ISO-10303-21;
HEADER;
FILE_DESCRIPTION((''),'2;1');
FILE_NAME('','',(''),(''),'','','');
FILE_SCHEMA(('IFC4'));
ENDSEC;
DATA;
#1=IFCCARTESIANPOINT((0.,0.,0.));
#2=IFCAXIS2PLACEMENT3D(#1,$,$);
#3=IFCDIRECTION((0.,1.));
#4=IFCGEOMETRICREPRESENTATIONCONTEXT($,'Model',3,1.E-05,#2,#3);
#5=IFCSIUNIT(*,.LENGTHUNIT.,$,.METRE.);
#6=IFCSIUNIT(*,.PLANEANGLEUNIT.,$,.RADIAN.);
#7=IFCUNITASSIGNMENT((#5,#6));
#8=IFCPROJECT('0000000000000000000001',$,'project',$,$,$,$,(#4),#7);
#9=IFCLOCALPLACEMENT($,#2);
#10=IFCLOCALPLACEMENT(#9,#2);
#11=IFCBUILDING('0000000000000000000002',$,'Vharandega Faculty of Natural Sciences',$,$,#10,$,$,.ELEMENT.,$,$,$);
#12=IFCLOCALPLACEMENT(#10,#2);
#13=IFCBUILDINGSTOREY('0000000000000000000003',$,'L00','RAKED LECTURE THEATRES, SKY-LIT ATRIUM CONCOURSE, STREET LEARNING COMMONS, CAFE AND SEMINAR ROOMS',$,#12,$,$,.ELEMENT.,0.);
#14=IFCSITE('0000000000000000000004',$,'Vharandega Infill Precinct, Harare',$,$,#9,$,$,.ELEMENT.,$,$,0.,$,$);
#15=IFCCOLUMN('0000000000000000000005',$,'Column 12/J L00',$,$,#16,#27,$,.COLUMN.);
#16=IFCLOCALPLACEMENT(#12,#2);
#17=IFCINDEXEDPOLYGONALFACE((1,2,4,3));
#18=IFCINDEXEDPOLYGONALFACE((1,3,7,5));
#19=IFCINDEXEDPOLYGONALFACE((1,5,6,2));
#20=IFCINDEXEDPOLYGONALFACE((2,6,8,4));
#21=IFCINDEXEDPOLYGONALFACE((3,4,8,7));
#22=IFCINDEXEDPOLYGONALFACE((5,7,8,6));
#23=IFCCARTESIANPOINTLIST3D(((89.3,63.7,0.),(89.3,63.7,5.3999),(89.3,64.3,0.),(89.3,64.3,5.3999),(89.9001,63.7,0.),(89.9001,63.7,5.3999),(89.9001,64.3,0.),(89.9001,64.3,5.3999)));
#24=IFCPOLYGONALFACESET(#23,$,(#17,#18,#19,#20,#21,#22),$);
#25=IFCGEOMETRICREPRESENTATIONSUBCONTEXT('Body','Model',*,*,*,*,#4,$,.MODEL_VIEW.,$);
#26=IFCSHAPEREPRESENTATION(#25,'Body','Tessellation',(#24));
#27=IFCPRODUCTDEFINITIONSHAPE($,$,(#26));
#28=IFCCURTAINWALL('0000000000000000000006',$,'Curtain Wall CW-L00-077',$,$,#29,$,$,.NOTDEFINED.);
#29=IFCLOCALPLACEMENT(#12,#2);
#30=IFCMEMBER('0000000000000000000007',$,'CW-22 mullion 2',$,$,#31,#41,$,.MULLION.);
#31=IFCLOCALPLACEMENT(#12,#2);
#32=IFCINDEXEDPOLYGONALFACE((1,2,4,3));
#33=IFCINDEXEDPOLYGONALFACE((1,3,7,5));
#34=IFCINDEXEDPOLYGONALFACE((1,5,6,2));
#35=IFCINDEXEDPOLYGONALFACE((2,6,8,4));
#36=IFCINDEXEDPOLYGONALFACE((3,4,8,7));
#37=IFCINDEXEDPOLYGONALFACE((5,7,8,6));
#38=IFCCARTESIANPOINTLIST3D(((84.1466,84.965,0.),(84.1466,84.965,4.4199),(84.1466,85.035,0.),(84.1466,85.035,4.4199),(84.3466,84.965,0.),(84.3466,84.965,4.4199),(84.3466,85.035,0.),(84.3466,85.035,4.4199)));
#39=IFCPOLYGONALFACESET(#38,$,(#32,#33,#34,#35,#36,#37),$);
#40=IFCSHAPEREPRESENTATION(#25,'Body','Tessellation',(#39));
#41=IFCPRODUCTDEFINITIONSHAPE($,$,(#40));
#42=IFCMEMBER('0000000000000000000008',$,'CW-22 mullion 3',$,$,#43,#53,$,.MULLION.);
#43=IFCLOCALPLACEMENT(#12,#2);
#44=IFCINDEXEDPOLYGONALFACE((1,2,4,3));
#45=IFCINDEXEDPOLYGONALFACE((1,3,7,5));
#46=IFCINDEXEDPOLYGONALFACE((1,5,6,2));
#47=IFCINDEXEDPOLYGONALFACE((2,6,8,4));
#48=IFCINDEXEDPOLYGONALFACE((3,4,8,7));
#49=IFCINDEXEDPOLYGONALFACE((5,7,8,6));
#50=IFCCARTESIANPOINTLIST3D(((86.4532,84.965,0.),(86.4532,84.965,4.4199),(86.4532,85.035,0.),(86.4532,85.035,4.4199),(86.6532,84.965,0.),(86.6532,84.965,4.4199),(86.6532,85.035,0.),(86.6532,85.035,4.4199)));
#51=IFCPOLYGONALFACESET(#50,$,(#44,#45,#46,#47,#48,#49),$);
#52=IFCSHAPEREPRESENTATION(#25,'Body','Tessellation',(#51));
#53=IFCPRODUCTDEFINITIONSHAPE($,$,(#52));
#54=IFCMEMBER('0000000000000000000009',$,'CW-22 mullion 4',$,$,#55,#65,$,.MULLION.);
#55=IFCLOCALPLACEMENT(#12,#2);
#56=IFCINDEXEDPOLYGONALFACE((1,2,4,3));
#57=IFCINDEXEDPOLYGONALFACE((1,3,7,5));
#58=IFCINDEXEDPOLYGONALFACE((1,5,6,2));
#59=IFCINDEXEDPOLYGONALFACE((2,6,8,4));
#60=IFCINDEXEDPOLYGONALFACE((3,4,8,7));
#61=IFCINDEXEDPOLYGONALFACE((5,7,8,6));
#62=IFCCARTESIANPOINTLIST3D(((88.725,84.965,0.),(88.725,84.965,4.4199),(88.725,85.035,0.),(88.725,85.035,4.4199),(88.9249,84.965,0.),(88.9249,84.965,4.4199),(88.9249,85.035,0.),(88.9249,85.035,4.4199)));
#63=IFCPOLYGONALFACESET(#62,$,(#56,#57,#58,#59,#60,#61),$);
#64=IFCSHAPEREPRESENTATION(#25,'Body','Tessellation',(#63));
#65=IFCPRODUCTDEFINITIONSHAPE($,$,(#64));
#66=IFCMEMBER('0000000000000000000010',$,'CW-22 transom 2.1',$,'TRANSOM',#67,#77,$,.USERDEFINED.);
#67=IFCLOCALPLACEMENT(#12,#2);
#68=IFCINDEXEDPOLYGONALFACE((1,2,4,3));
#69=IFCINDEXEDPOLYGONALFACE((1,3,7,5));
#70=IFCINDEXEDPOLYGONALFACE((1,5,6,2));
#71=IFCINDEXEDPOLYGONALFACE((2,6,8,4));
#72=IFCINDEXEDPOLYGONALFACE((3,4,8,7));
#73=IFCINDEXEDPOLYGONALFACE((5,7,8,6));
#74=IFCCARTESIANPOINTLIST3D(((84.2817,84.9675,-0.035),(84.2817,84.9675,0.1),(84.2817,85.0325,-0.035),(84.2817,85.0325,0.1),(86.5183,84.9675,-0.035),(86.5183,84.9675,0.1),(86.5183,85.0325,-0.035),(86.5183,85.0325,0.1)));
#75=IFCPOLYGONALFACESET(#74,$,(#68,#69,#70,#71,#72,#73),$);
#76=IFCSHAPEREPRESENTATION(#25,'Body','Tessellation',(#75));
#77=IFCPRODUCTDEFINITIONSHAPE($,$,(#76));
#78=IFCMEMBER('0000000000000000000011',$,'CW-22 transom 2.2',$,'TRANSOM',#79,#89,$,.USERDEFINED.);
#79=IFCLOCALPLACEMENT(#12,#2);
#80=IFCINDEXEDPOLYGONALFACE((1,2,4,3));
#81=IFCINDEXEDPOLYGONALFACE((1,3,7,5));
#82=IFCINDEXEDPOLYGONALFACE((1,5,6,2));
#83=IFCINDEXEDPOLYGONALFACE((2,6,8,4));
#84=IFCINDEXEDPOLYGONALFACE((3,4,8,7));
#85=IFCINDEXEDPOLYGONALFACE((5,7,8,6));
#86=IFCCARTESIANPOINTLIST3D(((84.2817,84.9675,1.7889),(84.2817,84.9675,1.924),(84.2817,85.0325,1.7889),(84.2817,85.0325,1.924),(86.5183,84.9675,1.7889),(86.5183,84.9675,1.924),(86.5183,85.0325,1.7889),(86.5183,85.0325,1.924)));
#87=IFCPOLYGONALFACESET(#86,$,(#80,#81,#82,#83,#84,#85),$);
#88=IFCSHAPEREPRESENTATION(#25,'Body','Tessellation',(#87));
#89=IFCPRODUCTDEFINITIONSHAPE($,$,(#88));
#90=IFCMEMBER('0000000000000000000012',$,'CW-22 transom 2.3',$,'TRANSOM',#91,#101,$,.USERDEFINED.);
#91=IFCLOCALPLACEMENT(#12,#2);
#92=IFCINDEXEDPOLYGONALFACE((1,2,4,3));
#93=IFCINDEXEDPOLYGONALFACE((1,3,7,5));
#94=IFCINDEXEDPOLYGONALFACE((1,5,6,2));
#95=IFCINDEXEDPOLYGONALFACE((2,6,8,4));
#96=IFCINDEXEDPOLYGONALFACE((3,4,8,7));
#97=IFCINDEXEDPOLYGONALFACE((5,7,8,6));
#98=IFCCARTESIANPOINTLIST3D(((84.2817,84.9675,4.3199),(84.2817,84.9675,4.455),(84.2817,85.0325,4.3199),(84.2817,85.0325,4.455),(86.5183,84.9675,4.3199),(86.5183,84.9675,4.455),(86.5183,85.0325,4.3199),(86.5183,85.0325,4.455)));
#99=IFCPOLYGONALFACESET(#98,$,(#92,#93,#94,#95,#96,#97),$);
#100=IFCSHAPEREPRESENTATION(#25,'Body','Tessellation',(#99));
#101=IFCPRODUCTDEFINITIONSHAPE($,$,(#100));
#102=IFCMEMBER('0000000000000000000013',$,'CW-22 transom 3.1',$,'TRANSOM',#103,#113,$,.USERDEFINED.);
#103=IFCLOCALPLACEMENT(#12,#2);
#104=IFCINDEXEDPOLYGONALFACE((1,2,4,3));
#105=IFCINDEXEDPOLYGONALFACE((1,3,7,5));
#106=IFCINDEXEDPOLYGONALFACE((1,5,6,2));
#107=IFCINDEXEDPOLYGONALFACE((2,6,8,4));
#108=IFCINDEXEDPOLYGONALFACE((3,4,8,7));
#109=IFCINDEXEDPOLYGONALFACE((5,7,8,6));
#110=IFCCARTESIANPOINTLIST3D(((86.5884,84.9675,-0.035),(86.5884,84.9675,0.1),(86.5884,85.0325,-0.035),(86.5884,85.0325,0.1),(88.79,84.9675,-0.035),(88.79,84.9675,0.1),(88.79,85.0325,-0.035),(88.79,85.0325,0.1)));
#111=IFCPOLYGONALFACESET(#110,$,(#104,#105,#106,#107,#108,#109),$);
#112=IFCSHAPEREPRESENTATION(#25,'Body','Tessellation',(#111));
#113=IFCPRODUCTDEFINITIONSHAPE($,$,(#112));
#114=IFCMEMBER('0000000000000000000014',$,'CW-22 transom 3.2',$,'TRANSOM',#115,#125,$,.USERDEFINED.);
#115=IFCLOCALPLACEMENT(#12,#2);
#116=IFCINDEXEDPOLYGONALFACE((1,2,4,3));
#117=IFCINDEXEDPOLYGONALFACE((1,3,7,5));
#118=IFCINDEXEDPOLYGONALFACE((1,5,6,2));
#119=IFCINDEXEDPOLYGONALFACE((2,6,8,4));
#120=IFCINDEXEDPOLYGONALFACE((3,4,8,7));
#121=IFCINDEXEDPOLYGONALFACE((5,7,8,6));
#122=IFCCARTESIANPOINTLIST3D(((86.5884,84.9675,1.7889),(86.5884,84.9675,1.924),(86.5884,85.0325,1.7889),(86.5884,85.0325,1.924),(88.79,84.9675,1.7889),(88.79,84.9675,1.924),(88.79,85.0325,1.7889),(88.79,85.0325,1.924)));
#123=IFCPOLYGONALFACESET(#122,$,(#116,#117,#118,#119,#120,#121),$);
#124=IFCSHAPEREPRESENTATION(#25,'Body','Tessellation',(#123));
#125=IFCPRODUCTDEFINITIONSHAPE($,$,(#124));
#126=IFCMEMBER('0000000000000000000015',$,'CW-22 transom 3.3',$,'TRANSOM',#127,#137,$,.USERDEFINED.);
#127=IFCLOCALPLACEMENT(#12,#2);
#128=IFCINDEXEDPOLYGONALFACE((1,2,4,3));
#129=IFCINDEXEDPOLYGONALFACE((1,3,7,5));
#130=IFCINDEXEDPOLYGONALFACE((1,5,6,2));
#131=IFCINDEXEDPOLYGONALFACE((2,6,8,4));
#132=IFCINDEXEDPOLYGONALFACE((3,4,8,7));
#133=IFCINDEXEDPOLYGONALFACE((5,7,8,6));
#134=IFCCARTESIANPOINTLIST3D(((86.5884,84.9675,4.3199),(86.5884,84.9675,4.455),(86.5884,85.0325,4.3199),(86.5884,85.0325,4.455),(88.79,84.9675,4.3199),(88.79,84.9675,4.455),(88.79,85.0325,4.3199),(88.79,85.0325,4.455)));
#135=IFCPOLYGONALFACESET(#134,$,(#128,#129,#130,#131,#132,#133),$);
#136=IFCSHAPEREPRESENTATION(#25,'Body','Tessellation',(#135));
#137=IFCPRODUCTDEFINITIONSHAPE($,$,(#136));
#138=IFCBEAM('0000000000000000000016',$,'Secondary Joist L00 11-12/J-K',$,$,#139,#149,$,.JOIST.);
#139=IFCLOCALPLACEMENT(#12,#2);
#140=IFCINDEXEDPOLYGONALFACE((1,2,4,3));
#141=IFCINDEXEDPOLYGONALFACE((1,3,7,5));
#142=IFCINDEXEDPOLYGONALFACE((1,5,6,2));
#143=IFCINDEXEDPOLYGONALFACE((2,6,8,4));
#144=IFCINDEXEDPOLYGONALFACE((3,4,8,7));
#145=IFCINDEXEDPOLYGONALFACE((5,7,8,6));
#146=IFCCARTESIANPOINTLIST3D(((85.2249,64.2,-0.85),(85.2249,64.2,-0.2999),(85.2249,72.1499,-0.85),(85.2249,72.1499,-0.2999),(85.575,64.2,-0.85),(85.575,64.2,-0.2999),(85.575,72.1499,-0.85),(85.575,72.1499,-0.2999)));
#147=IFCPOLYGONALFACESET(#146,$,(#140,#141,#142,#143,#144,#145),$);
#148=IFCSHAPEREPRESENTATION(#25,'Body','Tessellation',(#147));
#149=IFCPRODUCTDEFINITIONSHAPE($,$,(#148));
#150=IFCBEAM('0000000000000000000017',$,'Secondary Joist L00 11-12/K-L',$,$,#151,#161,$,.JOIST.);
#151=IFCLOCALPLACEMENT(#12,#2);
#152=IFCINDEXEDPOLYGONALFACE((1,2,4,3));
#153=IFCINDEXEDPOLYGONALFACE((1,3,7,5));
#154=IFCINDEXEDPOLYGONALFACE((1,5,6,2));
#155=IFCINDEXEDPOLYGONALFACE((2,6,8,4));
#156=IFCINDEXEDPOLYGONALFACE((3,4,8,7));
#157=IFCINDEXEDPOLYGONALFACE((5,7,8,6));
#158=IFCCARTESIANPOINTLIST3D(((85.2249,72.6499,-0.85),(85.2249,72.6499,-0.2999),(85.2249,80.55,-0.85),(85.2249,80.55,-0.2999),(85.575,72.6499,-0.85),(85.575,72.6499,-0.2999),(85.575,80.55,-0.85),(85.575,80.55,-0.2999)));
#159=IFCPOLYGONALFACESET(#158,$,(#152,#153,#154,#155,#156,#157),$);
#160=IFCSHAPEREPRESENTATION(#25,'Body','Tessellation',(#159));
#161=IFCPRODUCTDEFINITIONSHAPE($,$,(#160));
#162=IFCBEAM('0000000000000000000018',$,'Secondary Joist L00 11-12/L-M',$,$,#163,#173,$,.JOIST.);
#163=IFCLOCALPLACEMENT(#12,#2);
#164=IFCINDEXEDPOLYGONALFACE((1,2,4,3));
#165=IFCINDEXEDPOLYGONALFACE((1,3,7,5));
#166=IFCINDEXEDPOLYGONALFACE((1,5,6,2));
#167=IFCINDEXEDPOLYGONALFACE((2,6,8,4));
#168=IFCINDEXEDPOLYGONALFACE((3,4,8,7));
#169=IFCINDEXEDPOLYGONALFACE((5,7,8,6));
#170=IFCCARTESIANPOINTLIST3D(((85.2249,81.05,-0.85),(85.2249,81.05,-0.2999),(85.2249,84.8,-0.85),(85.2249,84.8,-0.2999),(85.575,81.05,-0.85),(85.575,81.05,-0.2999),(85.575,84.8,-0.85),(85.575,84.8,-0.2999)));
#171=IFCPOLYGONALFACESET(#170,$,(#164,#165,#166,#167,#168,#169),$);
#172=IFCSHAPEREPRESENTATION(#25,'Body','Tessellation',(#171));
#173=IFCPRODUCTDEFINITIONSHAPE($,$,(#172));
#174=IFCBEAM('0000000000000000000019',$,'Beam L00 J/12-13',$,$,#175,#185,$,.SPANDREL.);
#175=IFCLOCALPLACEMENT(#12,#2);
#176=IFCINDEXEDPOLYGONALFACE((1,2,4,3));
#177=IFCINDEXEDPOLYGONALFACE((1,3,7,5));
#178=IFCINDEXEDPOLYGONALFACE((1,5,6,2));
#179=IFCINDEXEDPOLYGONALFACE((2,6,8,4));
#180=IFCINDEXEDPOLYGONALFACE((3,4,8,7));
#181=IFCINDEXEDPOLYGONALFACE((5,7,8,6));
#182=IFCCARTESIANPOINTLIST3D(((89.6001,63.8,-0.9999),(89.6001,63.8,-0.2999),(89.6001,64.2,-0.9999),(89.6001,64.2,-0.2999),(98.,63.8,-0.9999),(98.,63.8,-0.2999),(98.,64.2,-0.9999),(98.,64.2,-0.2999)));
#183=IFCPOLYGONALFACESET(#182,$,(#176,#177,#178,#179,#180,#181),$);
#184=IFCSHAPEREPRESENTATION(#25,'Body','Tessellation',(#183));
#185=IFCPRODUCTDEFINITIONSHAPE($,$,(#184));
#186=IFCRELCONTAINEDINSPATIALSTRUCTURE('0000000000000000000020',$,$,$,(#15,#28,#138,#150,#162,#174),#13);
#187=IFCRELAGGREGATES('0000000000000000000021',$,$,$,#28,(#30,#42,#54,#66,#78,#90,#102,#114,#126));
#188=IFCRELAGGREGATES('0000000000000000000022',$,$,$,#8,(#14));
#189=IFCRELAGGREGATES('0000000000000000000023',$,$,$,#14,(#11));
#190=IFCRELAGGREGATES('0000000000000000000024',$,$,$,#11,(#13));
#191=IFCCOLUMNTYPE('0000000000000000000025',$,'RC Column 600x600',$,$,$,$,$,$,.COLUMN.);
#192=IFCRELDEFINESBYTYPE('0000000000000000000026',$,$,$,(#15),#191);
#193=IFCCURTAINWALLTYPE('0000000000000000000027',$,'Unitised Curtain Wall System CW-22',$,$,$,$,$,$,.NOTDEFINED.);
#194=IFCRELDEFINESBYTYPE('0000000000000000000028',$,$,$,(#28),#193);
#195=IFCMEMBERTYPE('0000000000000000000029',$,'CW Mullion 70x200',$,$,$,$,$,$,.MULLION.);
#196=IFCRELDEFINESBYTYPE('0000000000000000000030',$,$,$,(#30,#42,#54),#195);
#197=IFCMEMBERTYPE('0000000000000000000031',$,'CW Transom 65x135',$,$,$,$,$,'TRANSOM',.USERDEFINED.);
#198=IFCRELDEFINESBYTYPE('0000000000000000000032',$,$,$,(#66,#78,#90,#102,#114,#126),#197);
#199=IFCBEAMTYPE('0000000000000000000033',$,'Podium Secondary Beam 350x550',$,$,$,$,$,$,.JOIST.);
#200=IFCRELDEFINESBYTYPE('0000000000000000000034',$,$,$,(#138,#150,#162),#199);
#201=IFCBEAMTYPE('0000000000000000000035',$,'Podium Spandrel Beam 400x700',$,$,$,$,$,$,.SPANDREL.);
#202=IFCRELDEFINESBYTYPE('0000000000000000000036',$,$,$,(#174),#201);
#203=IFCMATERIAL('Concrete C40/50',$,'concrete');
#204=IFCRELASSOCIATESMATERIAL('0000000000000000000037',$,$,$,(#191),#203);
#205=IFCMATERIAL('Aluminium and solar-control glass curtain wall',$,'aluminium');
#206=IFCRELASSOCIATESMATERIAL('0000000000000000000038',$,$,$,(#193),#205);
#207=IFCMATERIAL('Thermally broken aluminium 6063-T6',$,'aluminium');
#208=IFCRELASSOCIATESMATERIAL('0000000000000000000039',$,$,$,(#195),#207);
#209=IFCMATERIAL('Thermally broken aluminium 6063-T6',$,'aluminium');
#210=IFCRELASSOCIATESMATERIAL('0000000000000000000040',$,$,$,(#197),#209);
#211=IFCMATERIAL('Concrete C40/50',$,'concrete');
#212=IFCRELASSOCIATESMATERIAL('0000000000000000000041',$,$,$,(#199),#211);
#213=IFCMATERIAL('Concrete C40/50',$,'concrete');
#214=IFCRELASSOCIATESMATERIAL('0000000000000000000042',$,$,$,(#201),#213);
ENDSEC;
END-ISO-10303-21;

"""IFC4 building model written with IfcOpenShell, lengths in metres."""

from ifc_helpers import new_model, si_unit, direction, frame, origin, origin_2d, place, context, subcontext, project, spatial, rectangle, extrude, material, material_profile, profile_set, type_object, element, aggregate, save


model = new_model("IFC4")

# Units and contexts
model_context = context("Model", 3, precision=1e-05, world=origin(), true_north=direction((0.0, 1.0)))
body_context = subcontext(model_context, "Body", "Model", "MODEL_VIEW")
ifc_project = project(units=[si_unit("LENGTHUNIT", "METRE"), si_unit("PLANEANGLEUNIT", "RADIAN")], contexts=[model_context])

# Site, building, storey
site_placement = place(None, origin())
site = spatial("IfcSite", under=ifc_project, at=site_placement, Name="Vharandega Infill Precinct, Harare", CompositionType="ELEMENT", RefElevation=0.0)
building_placement = place(site_placement, origin())
building = spatial("IfcBuilding", under=site, at=building_placement, Name="Vharandega Faculty of Natural Sciences", CompositionType="ELEMENT")
storey_placement = place(building_placement, origin())
storey = spatial("IfcBuildingStorey", under=building, at=storey_placement, Name="L00", Description="RAKED LECTURE THEATRES, SKY-LIT ATRIUM CONCOURSE, STREET LEARNING COMMONS, CAFE AND SEMINAR ROOMS", CompositionType="ELEMENT", Elevation=0.0)

# Column
ifc_material_1 = material(Name="Concrete C40/50", Category="concrete")
ifc_material_profile_1 = material_profile(ifc_material_1, rectangle(XDim=0.6001, YDim=0.6001, at=origin_2d()), Name="RC 600x600")
ifc_profile_set_1 = profile_set([ifc_material_profile_1], Name="Concrete C40/50")
column_type = type_object("IfcColumnType", Name="RC Column 600x600", PredefinedType="COLUMN", material=ifc_profile_set_1)
column_placement = place(storey_placement, frame((89.6001, 64.0, 0.0), z_axis=(0.0, 0.0, 1.0), x_axis=(1.0, 0.0, 0.0)))
element("IfcColumn", 1, at=column_placement, inside=storey, type_object=column_type, Name="Column 12/J L00", PredefinedType="COLUMN", context=body_context, shape_type="SweptSolid", body=[
    extrude(rectangle(XDim=0.6001, YDim=0.6001, at=origin_2d()), origin(), (0.0, 0.0, 1.0), 5.3999),
])

# Curtain wall, members
ifc_material_2 = material(Name="Aluminium and solar-control glass curtain wall", Category="aluminium")
curtain_wall_type = type_object("IfcCurtainWallType", Name="Unitised Curtain Wall System CW-22", PredefinedType="NOTDEFINED", material=ifc_material_2)
curtain_wall_placement = place(storey_placement, origin())
curtain_wall = element("IfcCurtainWall", 2, at=curtain_wall_placement, inside=storey, type_object=curtain_wall_type, Name="Curtain Wall CW-L00-077", PredefinedType="NOTDEFINED")
ifc_material_3 = material(Name="Thermally broken aluminium 6063-T6", Category="aluminium")
ifc_material_profile_2 = material_profile(ifc_material_3, rectangle(XDim=0.0701, YDim=0.2, at=origin_2d()), Name="ALU 70x200")
ifc_profile_set_2 = profile_set([ifc_material_profile_2], Name="Thermally broken aluminium 6063-T6")
member_type_1 = type_object("IfcMemberType", Name="CW Mullion 70x200", PredefinedType="MULLION", material=ifc_profile_set_2)
member_1_placement = place(storey_placement, frame((84.2466, 85.0, 0.0), z_axis=(0.0, 0.0, 1.0), x_axis=(0.0, 1.0, 0.0)))
member_1 = element("IfcMember", 3, at=member_1_placement, type_object=member_type_1, Name="CW-22 mullion 2", PredefinedType="MULLION", context=body_context, shape_type="SweptSolid", body=[
    extrude(rectangle(XDim=0.0701, YDim=0.2, at=origin_2d()), origin(), (0.0, 0.0, 1.0), 4.4199),
])
member_2_placement = place(storey_placement, frame((86.5532, 85.0, 0.0), z_axis=(0.0, 0.0, 1.0), x_axis=(0.0, 1.0, 0.0)))
member_2 = element("IfcMember", 4, at=member_2_placement, type_object=member_type_1, Name="CW-22 mullion 3", PredefinedType="MULLION", context=body_context, shape_type="SweptSolid", body=[
    extrude(rectangle(XDim=0.0701, YDim=0.2, at=origin_2d()), origin(), (0.0, 0.0, 1.0), 4.4199),
])
member_3_placement = place(storey_placement, frame((88.825, 85.0, 0.0), z_axis=(0.0, 0.0, 1.0), x_axis=(0.0, 1.0, 0.0)))
member_3 = element("IfcMember", 5, at=member_3_placement, type_object=member_type_1, Name="CW-22 mullion 4", PredefinedType="MULLION", context=body_context, shape_type="SweptSolid", body=[
    extrude(rectangle(XDim=0.0701, YDim=0.2, at=origin_2d()), origin(), (0.0, 0.0, 1.0), 4.4199),
])
ifc_material_4 = material(Name="Thermally broken aluminium 6063-T6", Category="aluminium")
ifc_material_profile_3 = material_profile(ifc_material_4, rectangle(XDim=0.0649, YDim=0.135, at=origin_2d()), Name="ALU 65x135")
ifc_profile_set_3 = profile_set([ifc_material_profile_3], Name="Thermally broken aluminium 6063-T6")
member_type_2 = type_object("IfcMemberType", Name="CW Transom 65x135", ElementType="TRANSOM", PredefinedType="USERDEFINED", material=ifc_profile_set_3)
member_4_placement = place(storey_placement, frame((84.2817, 85.0, 0.0325), z_axis=(1.0, 0.0, 0.0), x_axis=(0.0, 1.0, 0.0)))
member_4 = element("IfcMember", 6, at=member_4_placement, type_object=member_type_2, Name="CW-22 transom 2.1", ObjectType="TRANSOM", PredefinedType="USERDEFINED", context=body_context, shape_type="SweptSolid", body=[
    extrude(rectangle(XDim=0.0649, YDim=0.135, at=origin_2d()), origin(), (0.0, 0.0, 1.0), 2.2366),
])
member_5_placement = place(storey_placement, frame((84.2817, 85.0, 1.8564), z_axis=(1.0, 0.0, 0.0), x_axis=(0.0, 1.0, 0.0)))
member_5 = element("IfcMember", 7, at=member_5_placement, type_object=member_type_2, Name="CW-22 transom 2.2", ObjectType="TRANSOM", PredefinedType="USERDEFINED", context=body_context, shape_type="SweptSolid", body=[
    extrude(rectangle(XDim=0.0649, YDim=0.135, at=origin_2d()), origin(), (0.0, 0.0, 1.0), 2.2366),
])
member_6_placement = place(storey_placement, frame((84.2817, 85.0, 4.3875), z_axis=(1.0, 0.0, 0.0), x_axis=(0.0, 1.0, 0.0)))
member_6 = element("IfcMember", 8, at=member_6_placement, type_object=member_type_2, Name="CW-22 transom 2.3", ObjectType="TRANSOM", PredefinedType="USERDEFINED", context=body_context, shape_type="SweptSolid", body=[
    extrude(rectangle(XDim=0.0649, YDim=0.135, at=origin_2d()), origin(), (0.0, 0.0, 1.0), 2.2366),
])
member_7_placement = place(storey_placement, frame((86.5884, 85.0, 0.0325), z_axis=(1.0, 0.0, 0.0), x_axis=(0.0, 1.0, 0.0)))
member_7 = element("IfcMember", 9, at=member_7_placement, type_object=member_type_2, Name="CW-22 transom 3.1", ObjectType="TRANSOM", PredefinedType="USERDEFINED", context=body_context, shape_type="SweptSolid", body=[
    extrude(rectangle(XDim=0.0649, YDim=0.135, at=origin_2d()), origin(), (0.0, 0.0, 1.0), 2.2017),
])
member_8_placement = place(storey_placement, frame((86.5884, 85.0, 1.8564), z_axis=(1.0, 0.0, 0.0), x_axis=(0.0, 1.0, 0.0)))
member_8 = element("IfcMember", 10, at=member_8_placement, type_object=member_type_2, Name="CW-22 transom 3.2", ObjectType="TRANSOM", PredefinedType="USERDEFINED", context=body_context, shape_type="SweptSolid", body=[
    extrude(rectangle(XDim=0.0649, YDim=0.135, at=origin_2d()), origin(), (0.0, 0.0, 1.0), 2.2017),
])
member_9_placement = place(storey_placement, frame((86.5884, 85.0, 4.3875), z_axis=(1.0, 0.0, 0.0), x_axis=(0.0, 1.0, 0.0)))
member_9 = element("IfcMember", 11, at=member_9_placement, type_object=member_type_2, Name="CW-22 transom 3.3", ObjectType="TRANSOM", PredefinedType="USERDEFINED", context=body_context, shape_type="SweptSolid", body=[
    extrude(rectangle(XDim=0.0649, YDim=0.135, at=origin_2d()), origin(), (0.0, 0.0, 1.0), 2.2017),
])

# Beams
ifc_material_5 = material(Name="Concrete C40/50", Category="concrete")
ifc_material_profile_4 = material_profile(ifc_material_5, rectangle(XDim=0.3501, YDim=0.55, at=origin_2d()), Name="RC 350x550")
ifc_profile_set_4 = profile_set([ifc_material_profile_4], Name="Concrete C40/50")
beam_type_1 = type_object("IfcBeamType", Name="Podium Secondary Beam 350x550", PredefinedType="JOIST", material=ifc_profile_set_4)
beam_1_placement = place(storey_placement, frame((85.3999, 64.2, -0.575), z_axis=(0.0, 1.0, 0.0), x_axis=(-1.0, 0.0, 0.0)))
element("IfcBeam", 12, at=beam_1_placement, inside=storey, type_object=beam_type_1, Name="Secondary Joist L00 11-12/J-K", PredefinedType="JOIST", context=body_context, shape_type="SweptSolid", body=[
    extrude(rectangle(XDim=0.3501, YDim=0.55, at=origin_2d()), origin(), (0.0, 0.0, 1.0), 7.95),
])
beam_2_placement = place(storey_placement, frame((85.3999, 72.6499, -0.575), z_axis=(0.0, 1.0, 0.0), x_axis=(-1.0, 0.0, 0.0)))
element("IfcBeam", 13, at=beam_2_placement, inside=storey, type_object=beam_type_1, Name="Secondary Joist L00 11-12/K-L", PredefinedType="JOIST", context=body_context, shape_type="SweptSolid", body=[
    extrude(rectangle(XDim=0.3501, YDim=0.55, at=origin_2d()), origin(), (0.0, 0.0, 1.0), 7.9001),
])
beam_3_placement = place(storey_placement, frame((85.3999, 81.05, -0.575), z_axis=(0.0, 1.0, 0.0), x_axis=(-1.0, 0.0, 0.0)))
element("IfcBeam", 14, at=beam_3_placement, inside=storey, type_object=beam_type_1, Name="Secondary Joist L00 11-12/L-M", PredefinedType="JOIST", context=body_context, shape_type="SweptSolid", body=[
    extrude(rectangle(XDim=0.3501, YDim=0.55, at=origin_2d()), origin(), (0.0, 0.0, 1.0), 3.75),
])
ifc_material_6 = material(Name="Concrete C40/50", Category="concrete")
ifc_material_profile_5 = material_profile(ifc_material_6, rectangle(XDim=0.3999, YDim=0.7, at=origin_2d()), Name="RC 400x700")
ifc_profile_set_5 = profile_set([ifc_material_profile_5], Name="Concrete C40/50")
beam_type_2 = type_object("IfcBeamType", Name="Podium Spandrel Beam 400x700", PredefinedType="SPANDREL", material=ifc_profile_set_5)
beam_4_placement = place(storey_placement, frame((89.6001, 64.0, -0.6499), z_axis=(1.0, 0.0, 0.0), x_axis=(0.0, 1.0, 0.0)))
element("IfcBeam", 15, at=beam_4_placement, inside=storey, type_object=beam_type_2, Name="Beam L00 J/12-13", PredefinedType="SPANDREL", context=body_context, shape_type="SweptSolid", body=[
    extrude(rectangle(XDim=0.3999, YDim=0.7, at=origin_2d()), origin(), (0.0, 0.0, 1.0), 8.3999),
])

aggregate(curtain_wall, [member_1, member_2, member_3, member_4, member_5, member_6, member_7, member_8, member_9])

save(model, "model.ifc")
